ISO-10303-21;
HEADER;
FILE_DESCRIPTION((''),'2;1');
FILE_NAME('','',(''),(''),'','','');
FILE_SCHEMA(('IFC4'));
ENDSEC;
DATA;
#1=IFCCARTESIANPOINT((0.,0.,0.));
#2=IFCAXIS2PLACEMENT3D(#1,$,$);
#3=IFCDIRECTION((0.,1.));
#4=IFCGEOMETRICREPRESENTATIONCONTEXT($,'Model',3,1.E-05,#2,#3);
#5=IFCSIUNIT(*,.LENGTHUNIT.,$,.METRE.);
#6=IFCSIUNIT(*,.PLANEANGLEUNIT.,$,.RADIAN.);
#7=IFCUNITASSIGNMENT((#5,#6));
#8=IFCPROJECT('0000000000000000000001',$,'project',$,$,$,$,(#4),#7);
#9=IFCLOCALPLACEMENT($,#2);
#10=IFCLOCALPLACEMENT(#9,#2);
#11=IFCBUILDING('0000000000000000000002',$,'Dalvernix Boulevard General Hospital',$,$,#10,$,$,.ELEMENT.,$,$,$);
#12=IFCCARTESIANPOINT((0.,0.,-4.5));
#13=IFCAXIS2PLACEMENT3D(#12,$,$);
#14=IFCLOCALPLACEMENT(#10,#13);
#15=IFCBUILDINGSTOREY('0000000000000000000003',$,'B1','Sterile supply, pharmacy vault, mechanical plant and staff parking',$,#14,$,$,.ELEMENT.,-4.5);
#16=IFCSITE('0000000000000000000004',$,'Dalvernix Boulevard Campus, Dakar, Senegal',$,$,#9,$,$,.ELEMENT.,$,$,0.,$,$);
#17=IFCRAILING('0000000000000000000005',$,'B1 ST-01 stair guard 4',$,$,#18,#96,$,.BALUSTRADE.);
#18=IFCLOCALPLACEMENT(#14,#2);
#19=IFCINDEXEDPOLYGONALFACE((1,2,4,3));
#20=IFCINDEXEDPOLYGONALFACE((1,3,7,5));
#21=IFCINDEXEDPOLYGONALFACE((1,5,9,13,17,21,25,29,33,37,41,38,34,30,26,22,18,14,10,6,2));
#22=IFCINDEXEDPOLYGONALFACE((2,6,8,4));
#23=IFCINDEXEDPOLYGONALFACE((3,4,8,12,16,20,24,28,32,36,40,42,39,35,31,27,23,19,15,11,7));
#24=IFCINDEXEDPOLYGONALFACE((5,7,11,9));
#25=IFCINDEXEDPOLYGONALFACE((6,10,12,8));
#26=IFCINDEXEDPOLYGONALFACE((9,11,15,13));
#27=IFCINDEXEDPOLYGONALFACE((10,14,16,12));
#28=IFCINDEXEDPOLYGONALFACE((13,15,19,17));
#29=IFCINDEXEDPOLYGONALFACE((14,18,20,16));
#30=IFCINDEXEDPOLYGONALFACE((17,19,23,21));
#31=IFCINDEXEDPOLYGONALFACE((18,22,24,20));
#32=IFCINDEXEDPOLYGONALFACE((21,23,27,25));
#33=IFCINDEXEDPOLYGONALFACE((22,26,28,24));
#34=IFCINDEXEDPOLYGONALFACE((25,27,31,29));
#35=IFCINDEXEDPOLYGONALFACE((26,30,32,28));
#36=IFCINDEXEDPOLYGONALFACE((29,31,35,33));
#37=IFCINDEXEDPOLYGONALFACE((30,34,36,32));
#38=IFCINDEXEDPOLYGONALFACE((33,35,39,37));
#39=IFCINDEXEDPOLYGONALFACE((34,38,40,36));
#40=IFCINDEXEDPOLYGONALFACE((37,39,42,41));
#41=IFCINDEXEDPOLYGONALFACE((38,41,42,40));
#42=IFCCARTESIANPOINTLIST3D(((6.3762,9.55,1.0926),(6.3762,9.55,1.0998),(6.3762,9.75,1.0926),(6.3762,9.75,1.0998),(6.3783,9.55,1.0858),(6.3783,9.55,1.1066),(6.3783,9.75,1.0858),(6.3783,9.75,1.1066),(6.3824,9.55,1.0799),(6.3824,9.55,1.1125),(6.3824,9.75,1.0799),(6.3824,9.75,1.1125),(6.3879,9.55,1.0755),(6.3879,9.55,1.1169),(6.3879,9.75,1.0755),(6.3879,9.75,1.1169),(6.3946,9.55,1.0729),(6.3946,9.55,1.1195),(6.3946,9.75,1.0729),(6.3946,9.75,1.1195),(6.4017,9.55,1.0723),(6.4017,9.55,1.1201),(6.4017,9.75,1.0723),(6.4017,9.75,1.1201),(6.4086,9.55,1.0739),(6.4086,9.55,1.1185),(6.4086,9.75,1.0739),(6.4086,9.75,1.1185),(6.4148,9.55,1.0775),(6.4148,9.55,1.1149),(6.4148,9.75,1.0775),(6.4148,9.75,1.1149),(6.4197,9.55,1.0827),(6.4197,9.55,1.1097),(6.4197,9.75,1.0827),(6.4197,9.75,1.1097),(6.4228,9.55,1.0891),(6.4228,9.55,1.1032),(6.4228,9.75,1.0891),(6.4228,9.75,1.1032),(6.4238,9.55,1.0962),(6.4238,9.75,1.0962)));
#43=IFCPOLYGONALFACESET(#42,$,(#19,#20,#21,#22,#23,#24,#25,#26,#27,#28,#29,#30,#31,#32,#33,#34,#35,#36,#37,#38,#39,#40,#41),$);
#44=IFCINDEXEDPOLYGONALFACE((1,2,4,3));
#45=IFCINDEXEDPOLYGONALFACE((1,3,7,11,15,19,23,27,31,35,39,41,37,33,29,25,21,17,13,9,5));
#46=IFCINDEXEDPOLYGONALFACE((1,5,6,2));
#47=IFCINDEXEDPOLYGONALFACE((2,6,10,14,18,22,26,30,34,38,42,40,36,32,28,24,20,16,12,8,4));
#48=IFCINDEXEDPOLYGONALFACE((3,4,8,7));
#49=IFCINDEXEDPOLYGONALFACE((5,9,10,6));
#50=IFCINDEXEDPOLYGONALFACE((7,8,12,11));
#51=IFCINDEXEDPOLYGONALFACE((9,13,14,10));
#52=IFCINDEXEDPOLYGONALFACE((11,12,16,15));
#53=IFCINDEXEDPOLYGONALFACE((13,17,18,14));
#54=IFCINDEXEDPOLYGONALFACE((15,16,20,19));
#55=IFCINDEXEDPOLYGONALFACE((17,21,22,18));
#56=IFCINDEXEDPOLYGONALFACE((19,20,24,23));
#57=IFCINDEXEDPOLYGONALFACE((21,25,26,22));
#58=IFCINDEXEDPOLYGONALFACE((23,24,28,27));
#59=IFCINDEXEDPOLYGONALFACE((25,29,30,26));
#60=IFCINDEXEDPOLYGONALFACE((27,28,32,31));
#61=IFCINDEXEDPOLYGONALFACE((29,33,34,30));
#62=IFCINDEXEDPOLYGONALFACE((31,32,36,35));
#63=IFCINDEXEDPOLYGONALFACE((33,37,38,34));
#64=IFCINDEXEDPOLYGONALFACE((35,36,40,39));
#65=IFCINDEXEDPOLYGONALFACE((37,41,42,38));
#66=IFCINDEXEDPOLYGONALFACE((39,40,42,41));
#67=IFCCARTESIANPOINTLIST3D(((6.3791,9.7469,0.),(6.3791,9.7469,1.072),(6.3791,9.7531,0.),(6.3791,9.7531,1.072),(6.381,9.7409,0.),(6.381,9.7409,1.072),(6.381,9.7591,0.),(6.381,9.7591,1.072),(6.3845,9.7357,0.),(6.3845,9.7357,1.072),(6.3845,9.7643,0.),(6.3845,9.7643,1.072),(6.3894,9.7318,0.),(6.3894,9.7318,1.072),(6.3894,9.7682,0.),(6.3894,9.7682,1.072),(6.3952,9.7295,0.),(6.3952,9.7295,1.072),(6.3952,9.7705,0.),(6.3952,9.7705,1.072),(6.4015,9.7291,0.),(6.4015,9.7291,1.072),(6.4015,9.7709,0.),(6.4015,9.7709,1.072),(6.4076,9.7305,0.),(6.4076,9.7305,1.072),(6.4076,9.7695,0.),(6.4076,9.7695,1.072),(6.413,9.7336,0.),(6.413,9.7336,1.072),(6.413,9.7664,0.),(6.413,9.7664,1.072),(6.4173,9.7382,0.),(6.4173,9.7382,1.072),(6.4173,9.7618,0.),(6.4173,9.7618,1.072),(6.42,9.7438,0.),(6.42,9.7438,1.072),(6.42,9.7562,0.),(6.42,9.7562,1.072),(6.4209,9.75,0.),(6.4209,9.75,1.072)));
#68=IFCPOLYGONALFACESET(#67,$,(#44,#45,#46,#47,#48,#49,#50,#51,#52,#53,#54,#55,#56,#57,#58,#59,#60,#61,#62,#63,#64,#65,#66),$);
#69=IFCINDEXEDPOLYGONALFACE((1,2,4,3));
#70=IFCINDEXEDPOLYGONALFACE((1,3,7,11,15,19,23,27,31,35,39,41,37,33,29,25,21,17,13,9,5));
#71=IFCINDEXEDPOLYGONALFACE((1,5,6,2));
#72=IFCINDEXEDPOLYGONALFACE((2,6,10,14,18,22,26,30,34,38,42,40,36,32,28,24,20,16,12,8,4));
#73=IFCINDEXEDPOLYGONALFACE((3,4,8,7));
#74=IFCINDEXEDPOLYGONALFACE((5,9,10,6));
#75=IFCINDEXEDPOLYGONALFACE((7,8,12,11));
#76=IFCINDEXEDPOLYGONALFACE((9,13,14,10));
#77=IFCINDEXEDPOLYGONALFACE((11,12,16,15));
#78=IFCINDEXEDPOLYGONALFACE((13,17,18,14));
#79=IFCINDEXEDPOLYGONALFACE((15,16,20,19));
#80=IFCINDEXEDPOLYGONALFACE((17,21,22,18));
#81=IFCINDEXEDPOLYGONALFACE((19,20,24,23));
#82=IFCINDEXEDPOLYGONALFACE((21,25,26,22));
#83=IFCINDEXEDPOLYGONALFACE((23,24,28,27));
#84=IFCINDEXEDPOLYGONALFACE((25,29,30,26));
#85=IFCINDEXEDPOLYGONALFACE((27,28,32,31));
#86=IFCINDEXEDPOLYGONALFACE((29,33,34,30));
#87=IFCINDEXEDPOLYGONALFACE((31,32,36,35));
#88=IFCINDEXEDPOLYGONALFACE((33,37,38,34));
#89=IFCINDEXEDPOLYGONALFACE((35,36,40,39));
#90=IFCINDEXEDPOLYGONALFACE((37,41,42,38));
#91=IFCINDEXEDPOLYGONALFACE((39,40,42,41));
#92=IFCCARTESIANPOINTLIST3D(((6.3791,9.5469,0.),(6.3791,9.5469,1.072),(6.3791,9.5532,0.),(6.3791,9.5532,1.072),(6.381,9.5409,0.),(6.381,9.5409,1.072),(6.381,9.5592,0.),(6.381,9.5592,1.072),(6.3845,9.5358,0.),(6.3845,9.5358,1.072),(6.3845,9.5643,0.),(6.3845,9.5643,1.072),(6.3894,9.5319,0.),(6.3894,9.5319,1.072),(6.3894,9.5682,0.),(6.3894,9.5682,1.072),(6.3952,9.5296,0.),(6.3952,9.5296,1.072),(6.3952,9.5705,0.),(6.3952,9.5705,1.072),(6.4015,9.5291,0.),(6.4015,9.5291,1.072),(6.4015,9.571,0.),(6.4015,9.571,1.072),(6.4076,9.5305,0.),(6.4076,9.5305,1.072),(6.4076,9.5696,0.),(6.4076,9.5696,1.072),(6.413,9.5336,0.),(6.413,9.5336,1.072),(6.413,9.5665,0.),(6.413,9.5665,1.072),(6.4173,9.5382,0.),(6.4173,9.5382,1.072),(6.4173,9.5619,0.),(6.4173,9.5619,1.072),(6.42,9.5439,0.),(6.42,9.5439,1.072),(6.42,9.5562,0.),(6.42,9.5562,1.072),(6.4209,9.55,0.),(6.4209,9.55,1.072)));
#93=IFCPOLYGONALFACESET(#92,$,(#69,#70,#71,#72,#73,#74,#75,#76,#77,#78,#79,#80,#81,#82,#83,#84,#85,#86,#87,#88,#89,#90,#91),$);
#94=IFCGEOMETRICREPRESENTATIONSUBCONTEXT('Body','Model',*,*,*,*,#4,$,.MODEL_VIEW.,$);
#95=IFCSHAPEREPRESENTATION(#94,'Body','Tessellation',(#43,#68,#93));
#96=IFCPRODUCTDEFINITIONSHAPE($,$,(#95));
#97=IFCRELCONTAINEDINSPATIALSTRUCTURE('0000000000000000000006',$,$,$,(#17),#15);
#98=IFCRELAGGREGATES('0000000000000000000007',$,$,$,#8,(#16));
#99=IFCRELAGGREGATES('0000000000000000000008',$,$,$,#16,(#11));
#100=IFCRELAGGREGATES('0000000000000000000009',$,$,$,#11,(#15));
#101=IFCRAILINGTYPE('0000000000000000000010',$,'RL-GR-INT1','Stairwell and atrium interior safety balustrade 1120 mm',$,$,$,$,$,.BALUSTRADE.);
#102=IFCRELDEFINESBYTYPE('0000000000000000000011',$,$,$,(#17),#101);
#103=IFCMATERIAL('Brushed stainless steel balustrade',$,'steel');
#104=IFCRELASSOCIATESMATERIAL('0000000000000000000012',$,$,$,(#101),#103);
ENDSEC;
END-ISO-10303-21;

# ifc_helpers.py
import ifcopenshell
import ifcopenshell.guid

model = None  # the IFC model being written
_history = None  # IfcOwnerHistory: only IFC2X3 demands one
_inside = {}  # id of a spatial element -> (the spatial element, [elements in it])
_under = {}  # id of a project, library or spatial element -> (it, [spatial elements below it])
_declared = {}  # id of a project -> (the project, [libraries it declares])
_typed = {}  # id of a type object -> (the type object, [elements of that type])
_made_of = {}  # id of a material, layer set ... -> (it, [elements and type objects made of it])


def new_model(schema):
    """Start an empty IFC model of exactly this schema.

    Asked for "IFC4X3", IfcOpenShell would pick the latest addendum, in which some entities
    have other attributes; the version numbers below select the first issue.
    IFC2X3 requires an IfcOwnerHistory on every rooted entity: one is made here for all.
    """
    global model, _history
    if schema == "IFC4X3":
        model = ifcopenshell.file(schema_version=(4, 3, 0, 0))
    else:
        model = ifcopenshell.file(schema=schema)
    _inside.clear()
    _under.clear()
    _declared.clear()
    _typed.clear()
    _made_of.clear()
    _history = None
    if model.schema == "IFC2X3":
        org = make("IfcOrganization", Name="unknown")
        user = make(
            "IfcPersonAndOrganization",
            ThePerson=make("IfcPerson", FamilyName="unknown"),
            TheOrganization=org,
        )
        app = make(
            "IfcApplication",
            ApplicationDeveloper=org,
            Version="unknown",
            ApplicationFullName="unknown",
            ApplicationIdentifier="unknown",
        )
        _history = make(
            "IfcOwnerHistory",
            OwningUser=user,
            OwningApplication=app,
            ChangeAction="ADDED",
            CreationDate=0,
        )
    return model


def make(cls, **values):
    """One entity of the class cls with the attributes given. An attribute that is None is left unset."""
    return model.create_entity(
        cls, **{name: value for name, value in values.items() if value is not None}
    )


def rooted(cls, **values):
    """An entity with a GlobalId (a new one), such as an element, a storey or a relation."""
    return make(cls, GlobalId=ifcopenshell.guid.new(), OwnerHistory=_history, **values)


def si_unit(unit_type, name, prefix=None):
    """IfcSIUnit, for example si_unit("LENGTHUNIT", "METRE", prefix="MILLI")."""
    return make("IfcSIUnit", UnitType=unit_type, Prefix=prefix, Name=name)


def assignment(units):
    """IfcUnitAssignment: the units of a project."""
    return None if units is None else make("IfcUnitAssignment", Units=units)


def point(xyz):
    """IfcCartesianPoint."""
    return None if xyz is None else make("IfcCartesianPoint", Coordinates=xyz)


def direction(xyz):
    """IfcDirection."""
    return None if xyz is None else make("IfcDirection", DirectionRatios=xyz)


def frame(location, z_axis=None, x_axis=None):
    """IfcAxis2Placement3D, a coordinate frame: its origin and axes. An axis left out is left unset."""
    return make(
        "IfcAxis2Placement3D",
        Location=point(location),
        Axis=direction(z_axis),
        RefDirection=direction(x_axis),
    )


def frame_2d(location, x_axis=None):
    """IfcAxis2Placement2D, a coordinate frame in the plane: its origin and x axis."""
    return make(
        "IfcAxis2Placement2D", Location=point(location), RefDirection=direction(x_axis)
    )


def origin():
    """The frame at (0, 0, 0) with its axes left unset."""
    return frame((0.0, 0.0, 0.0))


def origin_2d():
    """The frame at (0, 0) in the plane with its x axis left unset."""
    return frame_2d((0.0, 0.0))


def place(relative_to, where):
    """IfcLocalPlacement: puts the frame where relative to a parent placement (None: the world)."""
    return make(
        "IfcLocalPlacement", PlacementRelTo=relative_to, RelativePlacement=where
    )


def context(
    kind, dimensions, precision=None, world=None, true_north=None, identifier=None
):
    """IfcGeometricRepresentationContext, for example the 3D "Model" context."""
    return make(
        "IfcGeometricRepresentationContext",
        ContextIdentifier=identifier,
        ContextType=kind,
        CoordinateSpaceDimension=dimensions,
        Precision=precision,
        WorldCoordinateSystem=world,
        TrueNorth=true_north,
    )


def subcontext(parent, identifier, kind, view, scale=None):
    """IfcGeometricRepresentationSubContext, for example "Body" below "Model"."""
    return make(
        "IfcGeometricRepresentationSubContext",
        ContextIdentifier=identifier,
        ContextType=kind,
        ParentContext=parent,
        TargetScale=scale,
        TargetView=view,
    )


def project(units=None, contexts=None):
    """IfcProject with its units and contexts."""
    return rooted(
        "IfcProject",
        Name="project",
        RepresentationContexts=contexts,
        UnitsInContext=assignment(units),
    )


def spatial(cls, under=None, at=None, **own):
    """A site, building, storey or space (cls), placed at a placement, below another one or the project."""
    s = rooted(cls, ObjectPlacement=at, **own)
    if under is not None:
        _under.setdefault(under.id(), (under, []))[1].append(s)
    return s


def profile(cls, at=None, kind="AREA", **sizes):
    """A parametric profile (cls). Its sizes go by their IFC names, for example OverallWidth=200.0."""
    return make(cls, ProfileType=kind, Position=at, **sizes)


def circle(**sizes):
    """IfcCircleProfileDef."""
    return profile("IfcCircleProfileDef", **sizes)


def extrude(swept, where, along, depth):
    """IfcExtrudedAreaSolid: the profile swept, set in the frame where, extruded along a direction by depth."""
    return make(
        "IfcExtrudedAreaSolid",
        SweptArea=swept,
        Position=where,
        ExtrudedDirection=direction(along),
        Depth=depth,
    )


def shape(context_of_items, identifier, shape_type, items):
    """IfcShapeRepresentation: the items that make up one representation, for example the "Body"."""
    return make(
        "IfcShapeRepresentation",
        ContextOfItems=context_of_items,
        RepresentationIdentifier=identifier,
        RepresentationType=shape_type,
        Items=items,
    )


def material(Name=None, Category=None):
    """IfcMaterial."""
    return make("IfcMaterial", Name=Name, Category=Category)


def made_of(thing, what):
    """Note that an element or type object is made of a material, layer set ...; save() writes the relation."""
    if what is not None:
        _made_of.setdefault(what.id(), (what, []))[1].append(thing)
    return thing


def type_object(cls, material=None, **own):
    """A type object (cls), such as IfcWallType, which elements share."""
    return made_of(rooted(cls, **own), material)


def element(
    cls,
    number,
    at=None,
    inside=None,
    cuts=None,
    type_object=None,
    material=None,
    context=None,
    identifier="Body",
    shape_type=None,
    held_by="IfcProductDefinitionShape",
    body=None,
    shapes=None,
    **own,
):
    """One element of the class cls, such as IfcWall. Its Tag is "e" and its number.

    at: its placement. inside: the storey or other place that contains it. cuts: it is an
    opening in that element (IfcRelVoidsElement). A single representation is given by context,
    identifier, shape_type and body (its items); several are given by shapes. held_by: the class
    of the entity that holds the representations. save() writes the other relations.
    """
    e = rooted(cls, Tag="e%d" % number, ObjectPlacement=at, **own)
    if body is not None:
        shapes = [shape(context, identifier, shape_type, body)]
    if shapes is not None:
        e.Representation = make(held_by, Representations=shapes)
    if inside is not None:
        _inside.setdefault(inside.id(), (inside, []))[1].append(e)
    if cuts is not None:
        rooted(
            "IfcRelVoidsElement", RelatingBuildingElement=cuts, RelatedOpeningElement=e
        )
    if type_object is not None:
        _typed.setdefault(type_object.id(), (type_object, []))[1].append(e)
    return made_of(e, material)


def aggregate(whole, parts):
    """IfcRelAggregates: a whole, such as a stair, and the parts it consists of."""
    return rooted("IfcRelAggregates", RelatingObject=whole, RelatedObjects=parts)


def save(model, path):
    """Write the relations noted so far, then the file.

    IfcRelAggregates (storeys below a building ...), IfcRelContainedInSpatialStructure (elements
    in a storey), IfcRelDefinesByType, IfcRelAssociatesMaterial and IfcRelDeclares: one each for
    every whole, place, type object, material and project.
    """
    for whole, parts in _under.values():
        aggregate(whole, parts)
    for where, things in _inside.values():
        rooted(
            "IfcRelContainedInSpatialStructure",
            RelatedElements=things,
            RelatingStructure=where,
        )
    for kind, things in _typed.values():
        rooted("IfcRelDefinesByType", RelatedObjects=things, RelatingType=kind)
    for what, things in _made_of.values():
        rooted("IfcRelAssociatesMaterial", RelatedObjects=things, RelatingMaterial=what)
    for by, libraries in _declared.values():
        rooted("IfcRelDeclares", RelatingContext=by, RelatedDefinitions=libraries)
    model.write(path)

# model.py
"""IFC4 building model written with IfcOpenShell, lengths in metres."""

from ifc_helpers import new_model, si_unit, direction, frame, origin, origin_2d, place, context, subcontext, project, spatial, circle, extrude, material, type_object, element, save


model = new_model("IFC4")

# Units and contexts
model_context = context("Model", 3, precision=1e-05, world=origin(), true_north=direction((0.0, 1.0)))
body_context = subcontext(model_context, "Body", "Model", "MODEL_VIEW")
ifc_project = project(units=[si_unit("LENGTHUNIT", "METRE"), si_unit("PLANEANGLEUNIT", "RADIAN")], contexts=[model_context])

# Site, building, storey
site_placement = place(None, origin())
site = spatial("IfcSite", under=ifc_project, at=site_placement, Name="Dalvernix Boulevard Campus, Dakar, Senegal", CompositionType="ELEMENT", RefElevation=0.0)
building_placement = place(site_placement, origin())
building = spatial("IfcBuilding", under=site, at=building_placement, Name="Dalvernix Boulevard General Hospital", CompositionType="ELEMENT")
storey_placement = place(building_placement, frame((0.0, 0.0, -4.5)))
storey = spatial("IfcBuildingStorey", under=building, at=storey_placement, Name="B1", Description="Sterile supply, pharmacy vault, mechanical plant and staff parking", CompositionType="ELEMENT", Elevation=-4.5)

# Railing
ifc_material_1 = material(Name="Brushed stainless steel balustrade", Category="steel")
railing_type_1 = type_object("IfcRailingType", Name="RL-GR-INT1", Description="Stairwell and atrium interior safety balustrade 1120 mm", PredefinedType="BALUSTRADE", material=ifc_material_1)
railing_1_placement = place(storey_placement, frame((6.3999, 9.75, 0.0)))
element("IfcRailing", 1, at=railing_1_placement, inside=storey, type_object=railing_type_1, Name="B1 ST-01 stair guard 4", PredefinedType="BALUSTRADE", context=body_context, shape_type="SweptSolid", body=[
    extrude(circle(Radius=0.0239, at=origin_2d()), frame((0.0, 0.0, 1.0962), z_axis=(0.0, -1.0, 0.0), x_axis=(1.0, 0.0, 0.0)), (0.0, 0.0, 1.0), 0.2),
    extrude(circle(Radius=0.021, at=origin_2d()), origin(), (0.0, 0.0, 1.0), 1.072),
    extrude(circle(Radius=0.021, at=origin_2d()), frame((0.0, -0.2, 0.0)), (0.0, 0.0, 1.0), 1.072),
])

save(model, "model.ifc")
